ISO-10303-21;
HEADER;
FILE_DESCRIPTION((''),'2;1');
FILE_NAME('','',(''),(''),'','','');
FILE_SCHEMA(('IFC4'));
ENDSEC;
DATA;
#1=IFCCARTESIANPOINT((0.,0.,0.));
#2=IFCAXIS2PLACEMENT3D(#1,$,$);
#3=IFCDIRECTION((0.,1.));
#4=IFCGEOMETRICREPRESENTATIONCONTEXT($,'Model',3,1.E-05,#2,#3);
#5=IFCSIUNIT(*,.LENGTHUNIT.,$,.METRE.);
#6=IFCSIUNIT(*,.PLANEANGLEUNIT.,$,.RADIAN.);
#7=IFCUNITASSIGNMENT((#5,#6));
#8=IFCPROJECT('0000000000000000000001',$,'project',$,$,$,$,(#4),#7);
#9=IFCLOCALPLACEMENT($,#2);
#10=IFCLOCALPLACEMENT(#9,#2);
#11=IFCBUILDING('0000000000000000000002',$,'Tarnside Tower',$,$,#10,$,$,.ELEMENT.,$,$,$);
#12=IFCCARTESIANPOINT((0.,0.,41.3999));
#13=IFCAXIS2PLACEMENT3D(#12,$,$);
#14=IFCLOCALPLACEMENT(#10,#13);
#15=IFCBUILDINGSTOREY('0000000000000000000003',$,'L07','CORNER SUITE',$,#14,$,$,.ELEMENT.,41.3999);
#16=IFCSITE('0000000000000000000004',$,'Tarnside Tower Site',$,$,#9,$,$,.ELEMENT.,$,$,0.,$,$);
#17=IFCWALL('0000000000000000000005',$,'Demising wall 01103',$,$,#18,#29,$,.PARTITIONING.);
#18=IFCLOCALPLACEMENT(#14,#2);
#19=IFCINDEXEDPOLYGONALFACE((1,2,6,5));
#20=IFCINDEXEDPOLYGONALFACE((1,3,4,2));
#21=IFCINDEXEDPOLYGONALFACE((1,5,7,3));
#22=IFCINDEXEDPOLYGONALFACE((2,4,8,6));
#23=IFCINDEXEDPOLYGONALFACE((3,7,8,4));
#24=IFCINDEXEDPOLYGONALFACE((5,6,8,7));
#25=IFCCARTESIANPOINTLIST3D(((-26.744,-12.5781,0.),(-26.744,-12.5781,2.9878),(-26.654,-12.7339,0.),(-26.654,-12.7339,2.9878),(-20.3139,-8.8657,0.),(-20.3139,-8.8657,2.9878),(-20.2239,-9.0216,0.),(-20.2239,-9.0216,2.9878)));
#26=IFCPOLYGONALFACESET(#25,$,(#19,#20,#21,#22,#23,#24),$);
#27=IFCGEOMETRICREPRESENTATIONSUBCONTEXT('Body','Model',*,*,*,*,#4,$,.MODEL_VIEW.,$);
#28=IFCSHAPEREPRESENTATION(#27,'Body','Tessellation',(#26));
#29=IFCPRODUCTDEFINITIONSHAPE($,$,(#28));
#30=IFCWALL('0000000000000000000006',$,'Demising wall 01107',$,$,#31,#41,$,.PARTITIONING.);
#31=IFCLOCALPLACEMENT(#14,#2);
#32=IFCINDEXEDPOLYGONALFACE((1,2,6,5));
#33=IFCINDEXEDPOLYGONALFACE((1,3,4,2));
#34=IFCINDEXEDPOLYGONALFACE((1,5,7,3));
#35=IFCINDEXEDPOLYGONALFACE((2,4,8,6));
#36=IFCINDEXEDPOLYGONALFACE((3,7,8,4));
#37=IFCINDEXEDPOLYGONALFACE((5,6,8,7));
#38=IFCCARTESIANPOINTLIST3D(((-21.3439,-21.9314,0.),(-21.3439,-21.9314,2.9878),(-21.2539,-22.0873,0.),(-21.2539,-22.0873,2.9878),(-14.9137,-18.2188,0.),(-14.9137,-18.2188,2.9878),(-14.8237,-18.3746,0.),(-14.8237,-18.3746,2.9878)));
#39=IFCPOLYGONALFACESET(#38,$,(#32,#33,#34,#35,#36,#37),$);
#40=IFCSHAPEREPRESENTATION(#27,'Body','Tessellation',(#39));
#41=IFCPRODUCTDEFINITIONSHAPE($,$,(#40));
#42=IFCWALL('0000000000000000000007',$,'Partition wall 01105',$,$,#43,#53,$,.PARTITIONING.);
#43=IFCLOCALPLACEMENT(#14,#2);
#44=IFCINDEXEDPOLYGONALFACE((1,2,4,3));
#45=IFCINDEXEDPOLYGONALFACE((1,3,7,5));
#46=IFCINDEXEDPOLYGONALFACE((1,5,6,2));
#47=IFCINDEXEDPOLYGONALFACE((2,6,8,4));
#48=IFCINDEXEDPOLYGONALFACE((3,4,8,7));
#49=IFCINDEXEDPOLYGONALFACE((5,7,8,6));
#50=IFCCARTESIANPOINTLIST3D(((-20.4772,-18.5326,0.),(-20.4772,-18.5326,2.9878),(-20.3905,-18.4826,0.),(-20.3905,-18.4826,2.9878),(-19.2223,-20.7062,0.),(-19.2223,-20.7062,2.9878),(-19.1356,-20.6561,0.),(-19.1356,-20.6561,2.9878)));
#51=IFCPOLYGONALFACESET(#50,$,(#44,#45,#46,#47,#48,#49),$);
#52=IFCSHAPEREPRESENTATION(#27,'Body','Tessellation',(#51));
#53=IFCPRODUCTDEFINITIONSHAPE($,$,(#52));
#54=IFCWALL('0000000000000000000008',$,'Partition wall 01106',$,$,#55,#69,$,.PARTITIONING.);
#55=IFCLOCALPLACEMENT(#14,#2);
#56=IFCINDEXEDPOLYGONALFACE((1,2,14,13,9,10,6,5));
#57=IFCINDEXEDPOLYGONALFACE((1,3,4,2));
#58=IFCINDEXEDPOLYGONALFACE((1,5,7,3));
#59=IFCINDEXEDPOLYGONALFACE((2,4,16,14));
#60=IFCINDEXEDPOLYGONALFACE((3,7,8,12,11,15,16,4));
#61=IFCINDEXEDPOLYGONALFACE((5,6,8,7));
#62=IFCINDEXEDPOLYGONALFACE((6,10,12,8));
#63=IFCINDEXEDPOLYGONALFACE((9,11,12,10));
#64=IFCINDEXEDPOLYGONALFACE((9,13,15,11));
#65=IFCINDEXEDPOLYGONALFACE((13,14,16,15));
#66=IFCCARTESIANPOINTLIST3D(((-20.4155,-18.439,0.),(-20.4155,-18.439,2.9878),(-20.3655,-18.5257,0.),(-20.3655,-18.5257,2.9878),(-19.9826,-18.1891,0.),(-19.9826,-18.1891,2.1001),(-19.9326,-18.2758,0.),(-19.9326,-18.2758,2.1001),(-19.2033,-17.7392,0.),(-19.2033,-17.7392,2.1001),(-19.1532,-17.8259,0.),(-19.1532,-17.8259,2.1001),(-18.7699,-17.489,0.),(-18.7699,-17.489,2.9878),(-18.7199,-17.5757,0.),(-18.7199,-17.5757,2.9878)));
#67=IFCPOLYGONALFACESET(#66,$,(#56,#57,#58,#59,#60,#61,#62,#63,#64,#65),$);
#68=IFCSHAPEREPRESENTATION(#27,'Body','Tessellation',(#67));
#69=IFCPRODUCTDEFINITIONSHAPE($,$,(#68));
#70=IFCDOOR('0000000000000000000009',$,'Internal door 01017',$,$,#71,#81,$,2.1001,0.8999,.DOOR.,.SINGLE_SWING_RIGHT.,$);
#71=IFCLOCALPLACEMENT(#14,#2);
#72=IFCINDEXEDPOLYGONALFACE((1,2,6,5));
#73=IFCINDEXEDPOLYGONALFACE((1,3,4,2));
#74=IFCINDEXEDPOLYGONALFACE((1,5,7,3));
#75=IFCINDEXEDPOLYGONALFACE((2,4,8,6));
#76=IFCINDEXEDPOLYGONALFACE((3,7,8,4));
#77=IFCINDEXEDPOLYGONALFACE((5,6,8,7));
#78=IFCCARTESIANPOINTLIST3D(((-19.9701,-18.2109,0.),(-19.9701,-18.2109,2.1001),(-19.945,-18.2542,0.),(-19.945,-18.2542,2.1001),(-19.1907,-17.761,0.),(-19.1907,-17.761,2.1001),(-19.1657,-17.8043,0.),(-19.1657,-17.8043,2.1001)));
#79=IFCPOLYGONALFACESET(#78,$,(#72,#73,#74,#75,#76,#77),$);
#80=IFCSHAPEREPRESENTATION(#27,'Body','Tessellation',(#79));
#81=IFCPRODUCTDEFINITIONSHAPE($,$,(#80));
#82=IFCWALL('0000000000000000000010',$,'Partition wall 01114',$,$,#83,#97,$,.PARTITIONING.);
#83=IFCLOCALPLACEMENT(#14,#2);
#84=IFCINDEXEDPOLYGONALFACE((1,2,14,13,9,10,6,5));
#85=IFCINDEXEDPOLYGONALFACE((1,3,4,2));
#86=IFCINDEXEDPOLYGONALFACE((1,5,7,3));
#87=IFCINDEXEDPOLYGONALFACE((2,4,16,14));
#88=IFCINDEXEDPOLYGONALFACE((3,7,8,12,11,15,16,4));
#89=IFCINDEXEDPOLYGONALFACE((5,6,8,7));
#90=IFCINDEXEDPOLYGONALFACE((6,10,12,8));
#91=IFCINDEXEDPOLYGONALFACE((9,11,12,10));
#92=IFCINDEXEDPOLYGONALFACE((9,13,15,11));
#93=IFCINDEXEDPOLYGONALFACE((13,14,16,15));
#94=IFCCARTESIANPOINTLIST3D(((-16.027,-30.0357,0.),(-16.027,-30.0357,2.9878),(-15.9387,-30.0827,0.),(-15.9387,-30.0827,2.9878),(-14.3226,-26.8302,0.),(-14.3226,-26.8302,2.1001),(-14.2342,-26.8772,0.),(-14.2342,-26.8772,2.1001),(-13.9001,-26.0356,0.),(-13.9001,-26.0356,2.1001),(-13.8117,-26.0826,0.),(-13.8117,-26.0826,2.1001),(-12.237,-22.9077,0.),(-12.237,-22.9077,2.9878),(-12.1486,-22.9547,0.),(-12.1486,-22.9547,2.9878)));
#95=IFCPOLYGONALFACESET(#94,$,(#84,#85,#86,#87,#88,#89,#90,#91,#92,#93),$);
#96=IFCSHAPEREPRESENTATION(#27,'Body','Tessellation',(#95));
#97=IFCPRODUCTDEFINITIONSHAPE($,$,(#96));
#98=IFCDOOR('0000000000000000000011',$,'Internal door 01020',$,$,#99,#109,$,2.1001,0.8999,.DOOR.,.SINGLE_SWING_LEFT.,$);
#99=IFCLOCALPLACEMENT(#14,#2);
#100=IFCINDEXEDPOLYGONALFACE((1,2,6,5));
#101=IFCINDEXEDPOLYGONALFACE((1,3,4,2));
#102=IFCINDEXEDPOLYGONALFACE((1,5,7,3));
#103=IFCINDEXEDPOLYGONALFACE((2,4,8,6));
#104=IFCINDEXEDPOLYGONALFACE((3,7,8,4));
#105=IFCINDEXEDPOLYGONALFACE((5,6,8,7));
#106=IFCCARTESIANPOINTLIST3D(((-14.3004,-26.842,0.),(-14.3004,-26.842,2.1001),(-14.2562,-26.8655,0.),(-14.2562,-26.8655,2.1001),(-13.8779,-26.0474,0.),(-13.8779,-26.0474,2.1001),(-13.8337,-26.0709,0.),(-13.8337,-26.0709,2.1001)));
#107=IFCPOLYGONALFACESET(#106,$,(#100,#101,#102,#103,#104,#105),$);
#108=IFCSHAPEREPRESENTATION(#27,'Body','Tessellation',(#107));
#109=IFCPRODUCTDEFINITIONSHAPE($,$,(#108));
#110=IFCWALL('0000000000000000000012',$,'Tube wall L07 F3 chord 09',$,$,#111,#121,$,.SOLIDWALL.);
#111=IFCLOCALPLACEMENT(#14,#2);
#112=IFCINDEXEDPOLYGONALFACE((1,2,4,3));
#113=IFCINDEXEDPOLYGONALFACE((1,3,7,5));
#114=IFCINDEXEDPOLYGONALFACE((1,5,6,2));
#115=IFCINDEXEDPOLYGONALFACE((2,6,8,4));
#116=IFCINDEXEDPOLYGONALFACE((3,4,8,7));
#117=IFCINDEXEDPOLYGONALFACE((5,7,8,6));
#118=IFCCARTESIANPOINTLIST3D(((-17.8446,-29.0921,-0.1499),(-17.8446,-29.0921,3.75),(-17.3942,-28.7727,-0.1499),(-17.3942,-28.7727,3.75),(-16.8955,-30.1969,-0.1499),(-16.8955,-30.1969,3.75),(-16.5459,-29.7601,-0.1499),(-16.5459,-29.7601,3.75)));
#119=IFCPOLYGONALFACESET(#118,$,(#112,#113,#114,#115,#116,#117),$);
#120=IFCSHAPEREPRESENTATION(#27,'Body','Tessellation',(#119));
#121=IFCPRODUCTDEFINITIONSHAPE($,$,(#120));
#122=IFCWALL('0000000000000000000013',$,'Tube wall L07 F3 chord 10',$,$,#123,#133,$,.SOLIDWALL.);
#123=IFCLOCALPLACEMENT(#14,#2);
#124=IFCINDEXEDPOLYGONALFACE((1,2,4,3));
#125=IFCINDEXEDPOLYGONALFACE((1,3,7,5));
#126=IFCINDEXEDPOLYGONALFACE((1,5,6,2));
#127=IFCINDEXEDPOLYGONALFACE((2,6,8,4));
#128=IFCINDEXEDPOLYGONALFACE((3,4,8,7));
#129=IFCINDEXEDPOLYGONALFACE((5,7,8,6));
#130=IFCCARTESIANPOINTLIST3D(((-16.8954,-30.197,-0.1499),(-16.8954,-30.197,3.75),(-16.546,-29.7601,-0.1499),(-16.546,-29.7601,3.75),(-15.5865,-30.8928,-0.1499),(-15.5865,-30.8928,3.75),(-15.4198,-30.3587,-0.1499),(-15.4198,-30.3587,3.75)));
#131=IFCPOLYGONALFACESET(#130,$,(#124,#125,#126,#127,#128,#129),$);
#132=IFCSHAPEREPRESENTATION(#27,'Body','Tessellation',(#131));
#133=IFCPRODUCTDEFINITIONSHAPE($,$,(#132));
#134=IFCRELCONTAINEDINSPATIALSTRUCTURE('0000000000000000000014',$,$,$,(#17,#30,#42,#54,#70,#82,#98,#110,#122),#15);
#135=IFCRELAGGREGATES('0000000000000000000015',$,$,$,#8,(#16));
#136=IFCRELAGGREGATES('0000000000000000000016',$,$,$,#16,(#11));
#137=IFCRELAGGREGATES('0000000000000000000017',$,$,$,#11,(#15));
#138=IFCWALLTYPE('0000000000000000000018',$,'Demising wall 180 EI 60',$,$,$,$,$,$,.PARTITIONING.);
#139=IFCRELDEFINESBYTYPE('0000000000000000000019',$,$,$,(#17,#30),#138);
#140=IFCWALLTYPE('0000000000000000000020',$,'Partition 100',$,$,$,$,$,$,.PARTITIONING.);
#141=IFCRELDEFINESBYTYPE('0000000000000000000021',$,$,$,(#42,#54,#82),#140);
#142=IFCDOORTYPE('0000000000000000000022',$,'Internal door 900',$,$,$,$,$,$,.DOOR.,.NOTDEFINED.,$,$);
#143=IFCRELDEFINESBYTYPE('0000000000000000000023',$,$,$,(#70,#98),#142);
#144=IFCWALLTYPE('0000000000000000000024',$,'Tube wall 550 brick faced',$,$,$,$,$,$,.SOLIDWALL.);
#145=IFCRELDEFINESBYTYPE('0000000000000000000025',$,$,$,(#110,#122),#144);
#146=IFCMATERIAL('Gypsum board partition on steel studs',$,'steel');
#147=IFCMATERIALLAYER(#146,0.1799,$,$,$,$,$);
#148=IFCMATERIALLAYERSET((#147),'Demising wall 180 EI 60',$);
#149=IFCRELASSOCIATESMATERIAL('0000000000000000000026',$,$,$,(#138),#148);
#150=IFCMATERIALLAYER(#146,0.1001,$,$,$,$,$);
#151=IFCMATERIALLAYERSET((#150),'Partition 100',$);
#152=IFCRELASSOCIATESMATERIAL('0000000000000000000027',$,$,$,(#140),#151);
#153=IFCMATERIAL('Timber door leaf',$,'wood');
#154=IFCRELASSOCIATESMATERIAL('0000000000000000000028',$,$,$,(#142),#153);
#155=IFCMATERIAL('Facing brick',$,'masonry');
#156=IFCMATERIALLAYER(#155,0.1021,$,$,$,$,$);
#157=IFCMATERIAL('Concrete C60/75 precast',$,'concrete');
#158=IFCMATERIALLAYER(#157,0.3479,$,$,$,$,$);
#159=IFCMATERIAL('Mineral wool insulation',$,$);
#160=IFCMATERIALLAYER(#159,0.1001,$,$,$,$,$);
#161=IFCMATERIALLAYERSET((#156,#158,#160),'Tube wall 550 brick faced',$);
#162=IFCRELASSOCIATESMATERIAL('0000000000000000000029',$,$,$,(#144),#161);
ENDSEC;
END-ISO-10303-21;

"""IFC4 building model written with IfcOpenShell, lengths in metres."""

from ifc_helpers import new_model, si_unit, direction, frame, frame_2d, origin, place, context, subcontext, project, spatial, polyline, rectangle, outline, extrude, material, layer, layer_set, type_object, element, fill, save


model = new_model("IFC4")

# Units and contexts
model_context = context("Model", 3, precision=1e-05, world=origin(), true_north=direction((0.0, 1.0)))
body_context = subcontext(model_context, "Body", "Model", "MODEL_VIEW")
ifc_project = project(units=[si_unit("LENGTHUNIT", "METRE"), si_unit("PLANEANGLEUNIT", "RADIAN")], contexts=[model_context])

# Site, building, storey
site_placement = place(None, origin())
site = spatial("IfcSite", under=ifc_project, at=site_placement, Name="Tarnside Tower Site", CompositionType="ELEMENT", RefElevation=0.0)
building_placement = place(site_placement, origin())
building = spatial("IfcBuilding", under=site, at=building_placement, Name="Tarnside Tower", CompositionType="ELEMENT")
storey_placement = place(building_placement, frame((0.0, 0.0, 41.3999)))
storey = spatial("IfcBuildingStorey", under=building, at=storey_placement, Name="L07", Description="CORNER SUITE", CompositionType="ELEMENT", Elevation=41.3999)

# Shared definitions
ifc_material_1 = material(Name="Gypsum board partition on steel studs", Category="steel")
ifc_material_2 = material(Name="Timber door leaf", Category="wood")

# Walls
ifc_layer_1 = layer(ifc_material_1, 0.1799)
ifc_layer_set_1 = layer_set([ifc_layer_1], Name="Demising wall 180 EI 60")
wall_type_1 = type_object("IfcWallType", Name="Demising wall 180 EI 60", PredefinedType="PARTITIONING", material=ifc_layer_set_1)
wall_1_placement = place(storey_placement, frame((-26.699, -12.656, 0.0), z_axis=(0.0, 0.0, 1.0), x_axis=(0.866029, 0.499994, 0.0)))
element("IfcWall", 1, at=wall_1_placement, inside=storey, type_object=wall_type_1, Name="Demising wall 01103", PredefinedType="PARTITIONING", context=body_context, shape_type="SweptSolid", body=[
    extrude(rectangle(XDim=7.4248, YDim=0.1799, at=frame_2d((3.7124, 0.0))), origin(), (0.0, 0.0, 1.0), 2.9878),
])
wall_2_placement = place(storey_placement, frame((-21.2988, -22.0093, 0.0), z_axis=(0.0, 0.0, 1.0), x_axis=(0.866015, 0.500018, 0.0)))
element("IfcWall", 2, at=wall_2_placement, inside=storey, type_object=wall_type_1, Name="Demising wall 01107", PredefinedType="PARTITIONING", context=body_context, shape_type="SweptSolid", body=[
    extrude(rectangle(XDim=7.425, YDim=0.1799, at=frame_2d((3.7124, 0.0))), origin(), (0.0, 0.0, 1.0), 2.9878),
])
ifc_layer_2 = layer(ifc_material_1, 0.1001)
ifc_layer_set_2 = layer_set([ifc_layer_2], Name="Partition 100")
wall_type_2 = type_object("IfcWallType", Name="Partition 100", PredefinedType="PARTITIONING", material=ifc_layer_set_2)
wall_3_placement = place(storey_placement, frame((-19.179, -20.6812, 0.0), z_axis=(0.0, 0.0, 1.0), x_axis=(-0.499989, 0.866032, 0.0)))
element("IfcWall", 3, at=wall_3_placement, inside=storey, type_object=wall_type_2, Name="Partition wall 01105", PredefinedType="PARTITIONING", context=body_context, shape_type="SweptSolid", body=[
    extrude(rectangle(XDim=2.5098, YDim=0.1001, at=frame_2d((1.2549, 0.0))), origin(), (0.0, 0.0, 1.0), 2.9878),
])

# Walls, openings, doors
wall_4_placement = place(storey_placement, frame((-20.3906, -18.4824, 0.0), z_axis=(0.0, 0.0, 1.0), x_axis=(0.866044, 0.499967, 0.0)))
wall_4 = element("IfcWall", 4, at=wall_4_placement, inside=storey, type_object=wall_type_2, Name="Partition wall 01106", PredefinedType="PARTITIONING", context=body_context, shape_type="SweptSolid", body=[
    extrude(rectangle(XDim=1.9001, YDim=0.1001, at=frame_2d((0.9502, 0.0))), origin(), (0.0, 0.0, 1.0), 2.9878),
])
opening_1_placement = place(wall_4_placement, frame((0.5, 0.0, 0.0)))
opening_1 = element("IfcOpeningElement", 5, at=opening_1_placement, cuts=wall_4, PredefinedType="OPENING", context=body_context, shape_type="SweptSolid", body=[
    extrude(rectangle(XDim=0.8999, YDim=2.1001, at=frame_2d((0.45, 1.05))), frame((0.0, 0.0601, 0.0), z_axis=(0.0, -1.0, 0.0), x_axis=(1.0, 0.0, 0.0)), (0.0, 0.0, 1.0), 0.1201),
])
door_type_1 = type_object("IfcDoorType", Name="Internal door 900", OperationType="NOTDEFINED", PredefinedType="DOOR", material=ifc_material_2)
door_1_placement = place(opening_1_placement, origin())
door_1 = element("IfcDoor", 6, at=door_1_placement, inside=storey, type_object=door_type_1, Name="Internal door 01017", OperationType="SINGLE_SWING_RIGHT", OverallHeight=2.1001, OverallWidth=0.8999, PredefinedType="DOOR", context=body_context, shape_type="SweptSolid", body=[
    extrude(rectangle(XDim=0.8999, YDim=2.1001, at=frame_2d((0.45, 1.05))), frame((0.0, 0.0249, 0.0), z_axis=(0.0, -1.0, 0.0), x_axis=(1.0, 0.0, 0.0)), (0.0, 0.0, 1.0), 0.05),
])
fill(opening_1, door_1)
wall_5_placement = place(storey_placement, frame((-15.9829, -30.0593, 0.0), z_axis=(0.0, 0.0, 1.0), x_axis=(0.469477, 0.882945, 0.0)))
wall_5 = element("IfcWall", 7, at=wall_5_placement, inside=storey, type_object=wall_type_2, Name="Partition wall 01114", PredefinedType="PARTITIONING", context=body_context, shape_type="SweptSolid", body=[
    extrude(rectangle(XDim=8.073, YDim=0.1001, at=frame_2d((4.0366, 0.0))), origin(), (0.0, 0.0, 1.0), 2.9878),
])
opening_2_placement = place(wall_5_placement, frame((3.6306, 0.0, 0.0)))
opening_2 = element("IfcOpeningElement", 8, at=opening_2_placement, cuts=wall_5, PredefinedType="OPENING", context=body_context, shape_type="SweptSolid", body=[
    extrude(rectangle(XDim=0.8999, YDim=2.1001, at=frame_2d((0.45, 1.05))), frame((0.0, 0.0601, 0.0), z_axis=(0.0, -1.0, 0.0), x_axis=(1.0, 0.0, 0.0)), (0.0, 0.0, 1.0), 0.1201),
])
door_2_placement = place(opening_2_placement, origin())
door_2 = element("IfcDoor", 9, at=door_2_placement, inside=storey, type_object=door_type_1, Name="Internal door 01020", OperationType="SINGLE_SWING_LEFT", OverallHeight=2.1001, OverallWidth=0.8999, PredefinedType="DOOR", context=body_context, shape_type="SweptSolid", body=[
    extrude(rectangle(XDim=0.8999, YDim=2.1001, at=frame_2d((0.45, 1.05))), frame((0.0, 0.0249, 0.0), z_axis=(0.0, -1.0, 0.0), x_axis=(1.0, 0.0, 0.0)), (0.0, 0.0, 1.0), 0.05),
])
fill(opening_2, door_2)

# Walls
ifc_material_3 = material(Name="Facing brick", Category="masonry")
ifc_layer_3 = layer(ifc_material_3, 0.1021)
ifc_material_4 = material(Name="Concrete C60/75 precast", Category="concrete")
ifc_layer_4 = layer(ifc_material_4, 0.3479)
ifc_material_5 = material(Name="Mineral wool insulation")
ifc_layer_5 = layer(ifc_material_5, 0.1001)
ifc_layer_set_3 = layer_set([ifc_layer_3, ifc_layer_4, ifc_layer_5], Name="Tube wall 550 brick faced")
wall_type_3 = type_object("IfcWallType", Name="Tube wall 550 brick faced", PredefinedType="SOLIDWALL", material=ifc_layer_set_3)
wall_6_placement = place(storey_placement, frame((-17.6194, -28.9324, -0.1499), z_axis=(0.0, 0.0, 1.0), x_axis=(0.651622, -0.758544, 0.0)))
element("IfcWall", 10, at=wall_6_placement, inside=storey, type_object=wall_type_3, Name="Tube wall L07 F3 chord 09", PredefinedType="SOLIDWALL", context=body_context, shape_type="SweptSolid", body=[
    extrude(outline(polyline([(-0.0256, -0.2749), (1.4309, -0.2749), (1.3274, 0.2749), (0.0256, 0.2749), (-0.0256, -0.2749)])), origin(), (0.0, 0.0, 1.0), 3.8999),
])
wall_7_placement = place(storey_placement, frame((-16.7207, -29.9785, -0.1499), z_axis=(0.0, 0.0, 1.0), x_axis=(0.882994, -0.469384, 0.0)))
element("IfcWall", 11, at=wall_7_placement, inside=storey, type_object=wall_type_3, Name="Tube wall L07 F3 chord 10", PredefinedType="SOLIDWALL", context=body_context, shape_type="SweptSolid", body=[
    extrude(outline(polyline([(-0.0518, -0.2749), (1.4307, -0.2749), (1.3271, 0.2749), (0.0518, 0.2749), (-0.0518, -0.2749)])), origin(), (0.0, 0.0, 1.0), 3.8999),
])

save(model, "model.ifc")
